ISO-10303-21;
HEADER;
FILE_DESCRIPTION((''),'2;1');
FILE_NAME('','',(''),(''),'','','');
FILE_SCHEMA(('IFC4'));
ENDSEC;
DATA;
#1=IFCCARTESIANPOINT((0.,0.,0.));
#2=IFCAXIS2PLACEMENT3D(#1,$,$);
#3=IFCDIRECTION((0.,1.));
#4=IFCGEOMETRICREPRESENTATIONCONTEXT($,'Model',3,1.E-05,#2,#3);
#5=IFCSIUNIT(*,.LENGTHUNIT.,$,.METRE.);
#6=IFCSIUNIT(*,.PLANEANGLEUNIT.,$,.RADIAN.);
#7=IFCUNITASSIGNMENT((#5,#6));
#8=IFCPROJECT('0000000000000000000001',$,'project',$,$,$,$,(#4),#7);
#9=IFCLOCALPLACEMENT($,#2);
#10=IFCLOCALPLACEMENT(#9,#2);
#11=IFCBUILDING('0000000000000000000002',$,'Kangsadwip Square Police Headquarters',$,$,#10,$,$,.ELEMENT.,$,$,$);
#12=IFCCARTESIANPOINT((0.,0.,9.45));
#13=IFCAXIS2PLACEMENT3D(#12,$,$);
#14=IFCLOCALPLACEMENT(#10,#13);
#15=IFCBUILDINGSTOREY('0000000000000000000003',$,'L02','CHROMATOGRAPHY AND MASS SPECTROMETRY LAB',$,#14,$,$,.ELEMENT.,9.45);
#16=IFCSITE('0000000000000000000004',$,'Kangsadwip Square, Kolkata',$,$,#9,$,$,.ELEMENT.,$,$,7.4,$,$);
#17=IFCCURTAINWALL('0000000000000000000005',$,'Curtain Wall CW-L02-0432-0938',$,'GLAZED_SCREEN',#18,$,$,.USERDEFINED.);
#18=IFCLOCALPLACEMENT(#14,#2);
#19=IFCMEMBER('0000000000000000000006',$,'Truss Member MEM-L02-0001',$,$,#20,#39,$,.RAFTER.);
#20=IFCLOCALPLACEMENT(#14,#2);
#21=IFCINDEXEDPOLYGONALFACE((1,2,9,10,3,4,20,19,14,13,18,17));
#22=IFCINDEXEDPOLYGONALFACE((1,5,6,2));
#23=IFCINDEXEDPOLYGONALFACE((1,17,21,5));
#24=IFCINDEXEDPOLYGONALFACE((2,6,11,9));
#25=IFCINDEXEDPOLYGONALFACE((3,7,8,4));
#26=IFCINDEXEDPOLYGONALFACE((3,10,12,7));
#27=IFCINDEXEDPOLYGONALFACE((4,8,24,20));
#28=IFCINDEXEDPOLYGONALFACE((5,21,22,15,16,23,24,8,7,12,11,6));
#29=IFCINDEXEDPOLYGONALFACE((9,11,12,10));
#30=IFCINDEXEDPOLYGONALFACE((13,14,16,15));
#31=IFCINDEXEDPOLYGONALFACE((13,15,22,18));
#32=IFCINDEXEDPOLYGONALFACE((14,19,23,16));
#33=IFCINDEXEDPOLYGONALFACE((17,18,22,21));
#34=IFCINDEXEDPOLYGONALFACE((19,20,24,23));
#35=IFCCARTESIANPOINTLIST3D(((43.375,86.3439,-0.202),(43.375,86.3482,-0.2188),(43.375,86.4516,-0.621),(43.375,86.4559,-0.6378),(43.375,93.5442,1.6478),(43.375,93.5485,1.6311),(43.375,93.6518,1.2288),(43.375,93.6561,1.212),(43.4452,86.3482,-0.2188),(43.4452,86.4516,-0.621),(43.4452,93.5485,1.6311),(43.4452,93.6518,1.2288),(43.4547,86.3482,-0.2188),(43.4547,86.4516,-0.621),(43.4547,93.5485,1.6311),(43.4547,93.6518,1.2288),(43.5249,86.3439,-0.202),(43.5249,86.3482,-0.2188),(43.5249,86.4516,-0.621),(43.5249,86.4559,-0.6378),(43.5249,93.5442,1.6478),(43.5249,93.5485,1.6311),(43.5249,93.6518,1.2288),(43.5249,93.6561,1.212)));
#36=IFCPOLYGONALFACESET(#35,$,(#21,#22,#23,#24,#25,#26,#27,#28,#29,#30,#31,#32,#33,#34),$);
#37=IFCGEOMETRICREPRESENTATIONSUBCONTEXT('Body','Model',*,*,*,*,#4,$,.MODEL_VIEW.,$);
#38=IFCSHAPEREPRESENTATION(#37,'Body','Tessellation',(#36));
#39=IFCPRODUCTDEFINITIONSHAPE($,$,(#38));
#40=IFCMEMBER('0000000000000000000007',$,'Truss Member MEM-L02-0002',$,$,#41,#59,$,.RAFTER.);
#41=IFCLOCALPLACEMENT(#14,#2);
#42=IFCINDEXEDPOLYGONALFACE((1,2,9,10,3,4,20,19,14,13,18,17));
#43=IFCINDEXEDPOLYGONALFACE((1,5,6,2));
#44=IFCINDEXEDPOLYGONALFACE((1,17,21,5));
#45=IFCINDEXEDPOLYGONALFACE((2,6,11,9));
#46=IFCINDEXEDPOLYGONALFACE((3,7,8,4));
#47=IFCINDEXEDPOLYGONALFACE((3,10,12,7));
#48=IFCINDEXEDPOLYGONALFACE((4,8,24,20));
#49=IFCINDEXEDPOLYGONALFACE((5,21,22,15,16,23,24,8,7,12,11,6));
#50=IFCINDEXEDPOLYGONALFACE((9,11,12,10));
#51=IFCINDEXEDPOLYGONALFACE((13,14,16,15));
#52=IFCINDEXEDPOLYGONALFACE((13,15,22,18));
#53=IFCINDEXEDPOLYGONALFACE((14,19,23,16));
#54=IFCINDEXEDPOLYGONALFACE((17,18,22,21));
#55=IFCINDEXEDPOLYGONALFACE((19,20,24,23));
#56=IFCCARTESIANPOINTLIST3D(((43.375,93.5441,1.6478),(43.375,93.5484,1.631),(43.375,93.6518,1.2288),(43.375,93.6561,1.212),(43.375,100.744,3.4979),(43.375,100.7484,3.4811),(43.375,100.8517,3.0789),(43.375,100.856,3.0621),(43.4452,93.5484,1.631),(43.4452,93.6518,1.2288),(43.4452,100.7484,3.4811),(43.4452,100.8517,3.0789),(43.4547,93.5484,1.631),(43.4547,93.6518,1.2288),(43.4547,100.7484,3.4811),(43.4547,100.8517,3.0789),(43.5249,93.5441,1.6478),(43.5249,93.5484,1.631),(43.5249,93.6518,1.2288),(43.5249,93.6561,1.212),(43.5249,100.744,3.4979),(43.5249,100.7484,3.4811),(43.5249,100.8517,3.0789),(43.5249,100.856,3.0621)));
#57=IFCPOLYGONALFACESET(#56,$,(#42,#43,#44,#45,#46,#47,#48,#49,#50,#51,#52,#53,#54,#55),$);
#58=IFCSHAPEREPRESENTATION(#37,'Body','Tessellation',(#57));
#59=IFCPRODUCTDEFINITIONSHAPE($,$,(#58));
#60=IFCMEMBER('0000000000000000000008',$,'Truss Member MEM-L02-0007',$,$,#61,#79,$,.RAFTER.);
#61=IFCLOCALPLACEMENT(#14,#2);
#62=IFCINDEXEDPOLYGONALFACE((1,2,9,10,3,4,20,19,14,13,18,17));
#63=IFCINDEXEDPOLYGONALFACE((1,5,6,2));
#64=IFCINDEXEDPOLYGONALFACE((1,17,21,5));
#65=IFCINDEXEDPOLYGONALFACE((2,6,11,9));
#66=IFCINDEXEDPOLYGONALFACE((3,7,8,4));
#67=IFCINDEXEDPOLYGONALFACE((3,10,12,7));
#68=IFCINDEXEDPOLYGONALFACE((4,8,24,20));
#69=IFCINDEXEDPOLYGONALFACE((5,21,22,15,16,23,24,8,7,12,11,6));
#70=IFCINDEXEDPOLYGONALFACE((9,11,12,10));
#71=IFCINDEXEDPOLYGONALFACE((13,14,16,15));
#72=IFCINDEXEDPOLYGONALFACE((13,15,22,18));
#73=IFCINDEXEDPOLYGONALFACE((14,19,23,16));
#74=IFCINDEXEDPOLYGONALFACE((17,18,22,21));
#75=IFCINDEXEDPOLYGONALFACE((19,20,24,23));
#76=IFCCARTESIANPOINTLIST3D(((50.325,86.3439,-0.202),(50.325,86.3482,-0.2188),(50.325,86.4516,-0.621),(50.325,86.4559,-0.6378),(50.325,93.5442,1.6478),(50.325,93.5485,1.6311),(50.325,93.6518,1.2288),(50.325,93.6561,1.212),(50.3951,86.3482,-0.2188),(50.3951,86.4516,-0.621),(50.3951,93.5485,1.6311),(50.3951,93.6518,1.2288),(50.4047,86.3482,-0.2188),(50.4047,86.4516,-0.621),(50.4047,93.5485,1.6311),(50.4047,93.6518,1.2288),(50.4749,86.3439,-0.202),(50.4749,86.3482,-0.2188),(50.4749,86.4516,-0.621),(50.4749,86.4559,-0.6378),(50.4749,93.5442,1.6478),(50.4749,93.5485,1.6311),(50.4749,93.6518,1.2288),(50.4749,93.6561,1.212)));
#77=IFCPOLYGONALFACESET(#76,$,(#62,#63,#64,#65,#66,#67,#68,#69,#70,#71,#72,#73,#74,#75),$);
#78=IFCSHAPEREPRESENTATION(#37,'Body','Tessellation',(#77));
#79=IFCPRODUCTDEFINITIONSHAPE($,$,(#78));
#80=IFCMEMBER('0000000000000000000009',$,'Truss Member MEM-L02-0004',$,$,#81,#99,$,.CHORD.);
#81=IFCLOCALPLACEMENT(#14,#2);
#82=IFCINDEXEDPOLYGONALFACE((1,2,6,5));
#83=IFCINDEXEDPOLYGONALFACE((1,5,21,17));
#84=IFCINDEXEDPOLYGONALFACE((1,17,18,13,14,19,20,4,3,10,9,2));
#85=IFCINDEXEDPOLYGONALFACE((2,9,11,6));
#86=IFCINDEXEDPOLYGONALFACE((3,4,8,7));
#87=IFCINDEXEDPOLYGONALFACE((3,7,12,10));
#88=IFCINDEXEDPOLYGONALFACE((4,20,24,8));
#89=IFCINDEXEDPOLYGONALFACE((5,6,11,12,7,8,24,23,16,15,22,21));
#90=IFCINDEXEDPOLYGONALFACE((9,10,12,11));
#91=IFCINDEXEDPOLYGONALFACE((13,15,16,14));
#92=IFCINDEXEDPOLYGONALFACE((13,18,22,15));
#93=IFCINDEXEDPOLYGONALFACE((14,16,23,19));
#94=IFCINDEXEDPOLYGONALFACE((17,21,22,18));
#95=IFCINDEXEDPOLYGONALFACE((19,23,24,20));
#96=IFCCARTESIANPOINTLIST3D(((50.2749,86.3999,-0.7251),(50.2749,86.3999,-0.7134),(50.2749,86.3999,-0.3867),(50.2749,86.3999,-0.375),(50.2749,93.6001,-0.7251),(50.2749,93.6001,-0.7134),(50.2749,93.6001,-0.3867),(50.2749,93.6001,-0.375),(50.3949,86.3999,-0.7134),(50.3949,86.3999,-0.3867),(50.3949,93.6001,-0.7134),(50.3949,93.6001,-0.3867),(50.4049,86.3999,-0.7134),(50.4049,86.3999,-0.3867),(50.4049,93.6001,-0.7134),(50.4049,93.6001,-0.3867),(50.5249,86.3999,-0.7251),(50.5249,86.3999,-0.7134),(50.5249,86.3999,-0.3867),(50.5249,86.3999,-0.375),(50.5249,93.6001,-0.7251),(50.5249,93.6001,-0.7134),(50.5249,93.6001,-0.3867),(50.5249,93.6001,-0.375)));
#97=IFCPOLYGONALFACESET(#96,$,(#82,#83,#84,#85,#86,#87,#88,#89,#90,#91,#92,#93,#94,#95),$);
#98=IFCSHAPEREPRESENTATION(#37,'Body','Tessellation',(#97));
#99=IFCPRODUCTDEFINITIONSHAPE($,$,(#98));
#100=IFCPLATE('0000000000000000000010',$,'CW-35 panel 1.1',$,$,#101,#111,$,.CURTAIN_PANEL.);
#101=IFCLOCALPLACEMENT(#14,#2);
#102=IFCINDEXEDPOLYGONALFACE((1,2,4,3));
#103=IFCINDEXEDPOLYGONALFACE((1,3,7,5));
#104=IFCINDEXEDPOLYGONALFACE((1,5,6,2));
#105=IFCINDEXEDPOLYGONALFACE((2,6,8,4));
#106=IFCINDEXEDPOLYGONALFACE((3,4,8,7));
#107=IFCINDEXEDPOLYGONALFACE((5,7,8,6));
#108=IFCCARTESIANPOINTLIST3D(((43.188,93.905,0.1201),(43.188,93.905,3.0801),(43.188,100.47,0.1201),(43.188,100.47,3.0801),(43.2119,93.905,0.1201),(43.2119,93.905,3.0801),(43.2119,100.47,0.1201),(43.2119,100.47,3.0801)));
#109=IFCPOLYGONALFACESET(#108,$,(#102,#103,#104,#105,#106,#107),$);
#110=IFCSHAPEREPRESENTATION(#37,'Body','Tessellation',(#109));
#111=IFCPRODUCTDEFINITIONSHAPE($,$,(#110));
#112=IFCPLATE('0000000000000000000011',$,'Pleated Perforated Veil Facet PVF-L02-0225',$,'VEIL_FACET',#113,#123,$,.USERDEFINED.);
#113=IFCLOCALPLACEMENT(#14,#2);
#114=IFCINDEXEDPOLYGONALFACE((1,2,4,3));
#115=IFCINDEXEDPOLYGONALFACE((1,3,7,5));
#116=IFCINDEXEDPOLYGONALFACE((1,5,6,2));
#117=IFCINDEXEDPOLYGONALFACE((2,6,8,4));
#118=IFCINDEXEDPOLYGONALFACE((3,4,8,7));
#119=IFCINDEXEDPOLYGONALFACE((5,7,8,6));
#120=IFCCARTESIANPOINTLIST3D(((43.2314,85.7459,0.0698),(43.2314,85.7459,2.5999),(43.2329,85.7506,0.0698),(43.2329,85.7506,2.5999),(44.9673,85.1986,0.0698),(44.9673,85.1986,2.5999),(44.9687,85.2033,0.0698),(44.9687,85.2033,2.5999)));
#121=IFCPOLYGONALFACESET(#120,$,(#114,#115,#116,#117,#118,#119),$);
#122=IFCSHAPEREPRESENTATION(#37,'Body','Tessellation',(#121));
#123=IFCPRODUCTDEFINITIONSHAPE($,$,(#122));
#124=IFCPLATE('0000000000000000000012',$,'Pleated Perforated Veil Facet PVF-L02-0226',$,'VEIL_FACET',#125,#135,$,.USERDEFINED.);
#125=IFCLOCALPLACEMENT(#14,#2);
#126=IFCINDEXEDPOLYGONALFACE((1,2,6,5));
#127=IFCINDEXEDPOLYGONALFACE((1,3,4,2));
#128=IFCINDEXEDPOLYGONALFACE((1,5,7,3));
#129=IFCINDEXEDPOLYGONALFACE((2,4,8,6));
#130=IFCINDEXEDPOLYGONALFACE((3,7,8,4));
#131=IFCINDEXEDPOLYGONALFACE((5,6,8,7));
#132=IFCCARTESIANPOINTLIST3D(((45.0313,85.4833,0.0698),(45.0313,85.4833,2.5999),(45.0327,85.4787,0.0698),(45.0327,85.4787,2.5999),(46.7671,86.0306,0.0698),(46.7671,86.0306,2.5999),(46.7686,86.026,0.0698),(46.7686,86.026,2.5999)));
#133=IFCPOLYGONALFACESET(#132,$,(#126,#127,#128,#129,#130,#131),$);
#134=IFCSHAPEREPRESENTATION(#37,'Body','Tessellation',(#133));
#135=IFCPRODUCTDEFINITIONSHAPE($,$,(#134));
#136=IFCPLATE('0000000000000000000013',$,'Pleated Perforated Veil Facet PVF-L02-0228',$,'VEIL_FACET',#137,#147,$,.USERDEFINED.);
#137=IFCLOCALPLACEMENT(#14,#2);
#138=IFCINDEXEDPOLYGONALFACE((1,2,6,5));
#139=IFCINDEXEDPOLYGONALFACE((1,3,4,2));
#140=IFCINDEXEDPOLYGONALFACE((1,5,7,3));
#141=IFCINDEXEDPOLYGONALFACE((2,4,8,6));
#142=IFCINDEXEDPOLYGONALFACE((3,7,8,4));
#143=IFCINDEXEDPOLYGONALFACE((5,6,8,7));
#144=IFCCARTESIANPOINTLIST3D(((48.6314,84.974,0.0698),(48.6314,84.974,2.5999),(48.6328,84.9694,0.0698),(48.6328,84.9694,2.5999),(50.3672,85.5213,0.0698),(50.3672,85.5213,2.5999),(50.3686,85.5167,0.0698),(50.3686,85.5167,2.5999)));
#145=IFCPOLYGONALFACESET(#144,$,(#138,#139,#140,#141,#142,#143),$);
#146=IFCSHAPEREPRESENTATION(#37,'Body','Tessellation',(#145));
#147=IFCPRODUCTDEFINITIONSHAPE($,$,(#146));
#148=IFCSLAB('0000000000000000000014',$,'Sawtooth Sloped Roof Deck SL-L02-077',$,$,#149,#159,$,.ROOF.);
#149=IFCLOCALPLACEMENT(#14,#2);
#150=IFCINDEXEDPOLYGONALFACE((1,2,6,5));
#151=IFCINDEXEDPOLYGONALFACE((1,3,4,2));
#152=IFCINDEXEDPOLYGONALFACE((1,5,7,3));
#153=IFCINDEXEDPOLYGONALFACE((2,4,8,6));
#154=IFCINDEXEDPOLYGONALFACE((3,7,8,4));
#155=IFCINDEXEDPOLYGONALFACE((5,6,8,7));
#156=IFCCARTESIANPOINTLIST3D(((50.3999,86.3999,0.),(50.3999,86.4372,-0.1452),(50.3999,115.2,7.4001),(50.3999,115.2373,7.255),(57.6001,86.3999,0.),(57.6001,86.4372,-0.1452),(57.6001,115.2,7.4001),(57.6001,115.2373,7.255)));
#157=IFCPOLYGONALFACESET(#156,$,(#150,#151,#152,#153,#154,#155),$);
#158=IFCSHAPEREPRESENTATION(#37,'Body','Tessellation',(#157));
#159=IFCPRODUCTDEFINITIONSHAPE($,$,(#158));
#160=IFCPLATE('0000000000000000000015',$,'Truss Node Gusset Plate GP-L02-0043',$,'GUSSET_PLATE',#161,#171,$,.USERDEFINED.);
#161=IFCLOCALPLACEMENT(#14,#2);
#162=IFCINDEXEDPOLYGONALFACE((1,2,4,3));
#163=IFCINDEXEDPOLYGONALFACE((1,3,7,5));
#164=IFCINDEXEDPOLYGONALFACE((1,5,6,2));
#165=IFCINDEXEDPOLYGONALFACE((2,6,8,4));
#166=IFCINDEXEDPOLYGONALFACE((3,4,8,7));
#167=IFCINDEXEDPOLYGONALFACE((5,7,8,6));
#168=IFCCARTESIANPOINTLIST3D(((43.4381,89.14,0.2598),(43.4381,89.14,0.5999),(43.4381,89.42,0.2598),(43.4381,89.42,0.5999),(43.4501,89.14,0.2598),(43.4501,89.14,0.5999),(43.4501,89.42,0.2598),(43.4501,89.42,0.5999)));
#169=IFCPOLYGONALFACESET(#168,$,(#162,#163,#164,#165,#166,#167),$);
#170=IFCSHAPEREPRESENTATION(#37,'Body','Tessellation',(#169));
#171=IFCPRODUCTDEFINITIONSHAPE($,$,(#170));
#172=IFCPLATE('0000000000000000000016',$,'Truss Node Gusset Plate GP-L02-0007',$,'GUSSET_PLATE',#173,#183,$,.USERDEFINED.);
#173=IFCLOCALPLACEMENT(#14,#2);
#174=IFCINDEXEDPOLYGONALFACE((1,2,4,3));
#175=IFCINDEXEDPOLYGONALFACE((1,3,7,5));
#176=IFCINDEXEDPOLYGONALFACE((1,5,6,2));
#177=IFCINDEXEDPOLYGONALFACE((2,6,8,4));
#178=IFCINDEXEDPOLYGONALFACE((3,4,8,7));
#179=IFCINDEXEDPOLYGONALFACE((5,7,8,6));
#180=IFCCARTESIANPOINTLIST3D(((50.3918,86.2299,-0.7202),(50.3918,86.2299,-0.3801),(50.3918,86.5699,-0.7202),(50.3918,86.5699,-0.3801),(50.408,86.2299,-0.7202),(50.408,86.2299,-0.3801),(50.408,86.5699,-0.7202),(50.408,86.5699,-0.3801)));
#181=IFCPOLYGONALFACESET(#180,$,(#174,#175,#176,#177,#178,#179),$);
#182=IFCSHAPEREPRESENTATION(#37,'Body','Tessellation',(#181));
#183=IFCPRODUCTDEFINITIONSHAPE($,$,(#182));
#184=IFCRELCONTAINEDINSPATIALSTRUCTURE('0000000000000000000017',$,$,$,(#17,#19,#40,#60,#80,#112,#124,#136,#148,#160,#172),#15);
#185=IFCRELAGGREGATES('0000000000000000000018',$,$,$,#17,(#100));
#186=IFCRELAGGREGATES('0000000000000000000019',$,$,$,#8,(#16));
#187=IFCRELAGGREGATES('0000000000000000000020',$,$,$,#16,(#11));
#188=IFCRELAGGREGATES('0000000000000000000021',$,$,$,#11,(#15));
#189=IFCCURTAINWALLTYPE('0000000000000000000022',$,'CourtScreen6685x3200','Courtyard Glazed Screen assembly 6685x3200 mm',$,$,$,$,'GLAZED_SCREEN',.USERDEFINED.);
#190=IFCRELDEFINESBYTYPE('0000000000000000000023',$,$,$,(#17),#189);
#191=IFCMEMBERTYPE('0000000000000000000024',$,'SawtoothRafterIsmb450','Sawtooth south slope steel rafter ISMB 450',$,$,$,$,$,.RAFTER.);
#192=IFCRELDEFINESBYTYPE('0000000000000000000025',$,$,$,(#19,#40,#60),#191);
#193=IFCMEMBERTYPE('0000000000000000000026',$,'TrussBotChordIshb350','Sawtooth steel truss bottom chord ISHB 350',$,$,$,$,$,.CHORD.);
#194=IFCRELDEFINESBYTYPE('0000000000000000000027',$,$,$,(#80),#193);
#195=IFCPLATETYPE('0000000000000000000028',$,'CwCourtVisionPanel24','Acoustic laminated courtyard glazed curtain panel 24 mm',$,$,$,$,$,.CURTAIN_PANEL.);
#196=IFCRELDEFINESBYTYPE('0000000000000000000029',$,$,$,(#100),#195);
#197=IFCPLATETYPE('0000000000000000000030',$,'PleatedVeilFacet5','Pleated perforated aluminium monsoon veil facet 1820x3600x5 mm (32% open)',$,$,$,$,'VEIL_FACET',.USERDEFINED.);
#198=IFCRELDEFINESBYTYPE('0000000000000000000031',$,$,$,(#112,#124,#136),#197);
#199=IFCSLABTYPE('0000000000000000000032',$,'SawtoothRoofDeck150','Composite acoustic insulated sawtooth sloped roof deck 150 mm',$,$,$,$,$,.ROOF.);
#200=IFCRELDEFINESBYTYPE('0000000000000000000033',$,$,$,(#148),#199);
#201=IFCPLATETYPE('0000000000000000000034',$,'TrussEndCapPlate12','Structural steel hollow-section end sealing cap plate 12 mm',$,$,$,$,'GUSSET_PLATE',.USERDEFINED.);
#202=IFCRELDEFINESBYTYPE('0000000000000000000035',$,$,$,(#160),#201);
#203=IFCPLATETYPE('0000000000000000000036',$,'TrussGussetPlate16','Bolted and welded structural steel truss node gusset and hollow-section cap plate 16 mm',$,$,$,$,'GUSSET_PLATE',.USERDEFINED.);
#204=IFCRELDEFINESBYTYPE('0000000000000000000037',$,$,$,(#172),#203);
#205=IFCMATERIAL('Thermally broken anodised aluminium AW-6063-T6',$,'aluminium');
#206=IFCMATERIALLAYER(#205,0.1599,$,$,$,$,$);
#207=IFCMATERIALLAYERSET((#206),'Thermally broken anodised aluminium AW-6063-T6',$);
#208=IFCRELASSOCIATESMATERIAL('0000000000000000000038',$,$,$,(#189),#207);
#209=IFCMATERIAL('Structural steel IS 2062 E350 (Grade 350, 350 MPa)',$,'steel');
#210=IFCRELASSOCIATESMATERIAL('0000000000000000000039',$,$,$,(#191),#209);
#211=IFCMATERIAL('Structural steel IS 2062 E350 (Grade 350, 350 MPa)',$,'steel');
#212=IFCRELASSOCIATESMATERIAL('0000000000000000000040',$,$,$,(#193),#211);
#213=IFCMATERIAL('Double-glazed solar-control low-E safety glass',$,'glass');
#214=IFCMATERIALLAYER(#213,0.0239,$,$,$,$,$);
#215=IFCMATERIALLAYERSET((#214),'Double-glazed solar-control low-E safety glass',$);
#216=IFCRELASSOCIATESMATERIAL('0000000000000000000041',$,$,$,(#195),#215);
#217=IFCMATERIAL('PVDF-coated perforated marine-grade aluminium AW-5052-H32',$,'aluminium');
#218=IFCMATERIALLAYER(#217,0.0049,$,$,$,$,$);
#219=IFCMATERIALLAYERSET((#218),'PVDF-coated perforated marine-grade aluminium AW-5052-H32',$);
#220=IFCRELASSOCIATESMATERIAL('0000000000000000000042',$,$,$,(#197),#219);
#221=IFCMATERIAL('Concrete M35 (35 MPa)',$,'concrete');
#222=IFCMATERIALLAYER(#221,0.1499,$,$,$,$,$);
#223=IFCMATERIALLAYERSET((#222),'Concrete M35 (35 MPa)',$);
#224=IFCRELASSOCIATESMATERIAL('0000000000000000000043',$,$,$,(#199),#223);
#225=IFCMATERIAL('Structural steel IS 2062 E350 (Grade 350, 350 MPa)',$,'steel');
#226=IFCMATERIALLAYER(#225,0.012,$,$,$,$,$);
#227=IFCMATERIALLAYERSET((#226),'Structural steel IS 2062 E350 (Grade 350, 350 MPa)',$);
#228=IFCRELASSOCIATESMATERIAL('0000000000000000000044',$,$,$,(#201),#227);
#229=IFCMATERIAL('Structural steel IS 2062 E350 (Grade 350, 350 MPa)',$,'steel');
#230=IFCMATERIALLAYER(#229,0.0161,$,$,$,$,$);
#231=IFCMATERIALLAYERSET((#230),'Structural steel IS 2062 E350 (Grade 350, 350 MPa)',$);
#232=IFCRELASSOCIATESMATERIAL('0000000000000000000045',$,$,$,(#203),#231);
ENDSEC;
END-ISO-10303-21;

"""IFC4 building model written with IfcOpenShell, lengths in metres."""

from ifc_helpers import new_model, si_unit, direction, frame, origin, origin_2d, place, context, subcontext, project, spatial, polyline, rectangle, i_section, outline, extrude, material, layer, layer_set, material_profile, profile_set, type_object, element, aggregate, save


model = new_model("IFC4")

# Units and contexts
model_context = context("Model", 3, precision=1e-05, world=origin(), true_north=direction((0.0, 1.0)))
body_context = subcontext(model_context, "Body", "Model", "MODEL_VIEW")
ifc_project = project(units=[si_unit("LENGTHUNIT", "METRE"), si_unit("PLANEANGLEUNIT", "RADIAN")], contexts=[model_context])

# Site, building, storey
site_placement = place(None, origin())
site = spatial("IfcSite", under=ifc_project, at=site_placement, Name="Kangsadwip Square, Kolkata", CompositionType="ELEMENT", RefElevation=7.4)
building_placement = place(site_placement, origin())
building = spatial("IfcBuilding", under=site, at=building_placement, Name="Kangsadwip Square Police Headquarters", CompositionType="ELEMENT")
storey_placement = place(building_placement, frame((0.0, 0.0, 9.45)))
storey = spatial("IfcBuildingStorey", under=building, at=storey_placement, Name="L02", Description="CHROMATOGRAPHY AND MASS SPECTROMETRY LAB", CompositionType="ELEMENT", Elevation=9.45)

# Curtain wall
ifc_material_1 = material(Name="Thermally broken anodised aluminium AW-6063-T6", Category="aluminium")
ifc_layer_1 = layer(ifc_material_1, 0.1599)
ifc_layer_set_1 = layer_set([ifc_layer_1], Name="Thermally broken anodised aluminium AW-6063-T6")
curtain_wall_type = type_object("IfcCurtainWallType", Name="CourtScreen6685x3200", Description="Courtyard Glazed Screen assembly 6685x3200 mm", ElementType="GLAZED_SCREEN", PredefinedType="USERDEFINED", material=ifc_layer_set_1)
curtain_wall_placement = place(storey_placement, origin())
curtain_wall = element("IfcCurtainWall", 1, at=curtain_wall_placement, inside=storey, type_object=curtain_wall_type, Name="Curtain Wall CW-L02-0432-0938", ObjectType="GLAZED_SCREEN", PredefinedType="USERDEFINED")

# Members
ifc_material_2 = material(Name="Structural steel IS 2062 E350 (Grade 350, 350 MPa)", Category="steel")
ifc_material_profile_1 = material_profile(ifc_material_2, i_section(OverallWidth=0.1499, OverallDepth=0.45, WebThickness=0.0095, FlangeThickness=0.0173, at=origin_2d()), Name="ISMB 450")
ifc_profile_set_1 = profile_set([ifc_material_profile_1], Name="Structural steel IS 2062 E350 (Grade 350, 350 MPa)")
member_type_1 = type_object("IfcMemberType", Name="SawtoothRafterIsmb450", Description="Sawtooth south slope steel rafter ISMB 450", PredefinedType="RAFTER", material=ifc_profile_set_1)
member_1_placement = place(storey_placement, frame((43.45, 86.3999, -0.4199), z_axis=(0.0, 0.968546, 0.248836), x_axis=(-1.0, 0.0, 0.0)))
element("IfcMember", 2, at=member_1_placement, inside=storey, type_object=member_type_1, Name="Truss Member MEM-L02-0001", PredefinedType="RAFTER", context=body_context, shape_type="SweptSolid", body=[
    extrude(i_section(OverallWidth=0.1499, OverallDepth=0.45, WebThickness=0.0095, FlangeThickness=0.0173, at=origin_2d()), origin(), (0.0, 0.0, 1.0), 7.4341),
])
member_2_placement = place(storey_placement, frame((43.45, 93.6001, 1.4299), z_axis=(0.0, 0.968536, 0.248875), x_axis=(-1.0, 0.0, 0.0)))
element("IfcMember", 3, at=member_2_placement, inside=storey, type_object=member_type_1, Name="Truss Member MEM-L02-0002", PredefinedType="RAFTER", context=body_context, shape_type="SweptSolid", body=[
    extrude(i_section(OverallWidth=0.1499, OverallDepth=0.45, WebThickness=0.0095, FlangeThickness=0.0173, at=origin_2d()), origin(), (0.0, 0.0, 1.0), 7.4338),
])
member_3_placement = place(storey_placement, frame((50.3999, 86.3999, -0.4199), z_axis=(0.0, 0.968546, 0.248836), x_axis=(-1.0, 0.0, 0.0)))
element("IfcMember", 4, at=member_3_placement, inside=storey, type_object=member_type_1, Name="Truss Member MEM-L02-0007", PredefinedType="RAFTER", context=body_context, shape_type="SweptSolid", body=[
    extrude(i_section(OverallWidth=0.1499, OverallDepth=0.45, WebThickness=0.0095, FlangeThickness=0.0173, at=origin_2d()), origin(), (0.0, 0.0, 1.0), 7.4341),
])
ifc_material_3 = material(Name="Structural steel IS 2062 E350 (Grade 350, 350 MPa)", Category="steel")
ifc_material_profile_2 = material_profile(ifc_material_3, i_section(OverallWidth=0.25, OverallDepth=0.3501, WebThickness=0.01, FlangeThickness=0.0117, at=origin_2d()), Name="ISHB 350")
ifc_profile_set_2 = profile_set([ifc_material_profile_2], Name="Structural steel IS 2062 E350 (Grade 350, 350 MPa)")
member_type_2 = type_object("IfcMemberType", Name="TrussBotChordIshb350", Description="Sawtooth steel truss bottom chord ISHB 350", PredefinedType="CHORD", material=ifc_profile_set_2)
member_4_placement = place(storey_placement, frame((50.3999, 86.3999, -0.55), z_axis=(0.0, 1.0, 0.0), x_axis=(-1.0, 0.0, 0.0)))
element("IfcMember", 5, at=member_4_placement, inside=storey, type_object=member_type_2, Name="Truss Member MEM-L02-0004", PredefinedType="CHORD", context=body_context, shape_type="SweptSolid", body=[
    extrude(i_section(OverallWidth=0.25, OverallDepth=0.3501, WebThickness=0.01, FlangeThickness=0.0117, at=origin_2d()), origin(), (0.0, 0.0, 1.0), 7.2002),
])

# Plate
ifc_material_4 = material(Name="Double-glazed solar-control low-E safety glass", Category="glass")
ifc_layer_2 = layer(ifc_material_4, 0.0239)
ifc_layer_set_2 = layer_set([ifc_layer_2], Name="Double-glazed solar-control low-E safety glass")
plate_type_1 = type_object("IfcPlateType", Name="CwCourtVisionPanel24", Description="Acoustic laminated courtyard glazed curtain panel 24 mm", PredefinedType="CURTAIN_PANEL", material=ifc_layer_set_2)
plate_1_placement = place(storey_placement, frame((43.2, 97.1875, 0.1201), z_axis=(0.0, 0.0, 1.0), x_axis=(0.0, 1.0, 0.0)))
plate_1 = element("IfcPlate", 6, at=plate_1_placement, type_object=plate_type_1, Name="CW-35 panel 1.1", PredefinedType="CURTAIN_PANEL", context=body_context, shape_type="SweptSolid", body=[
    extrude(rectangle(XDim=6.5649, YDim=0.0239, at=origin_2d()), origin(), (0.0, 0.0, 1.0), 2.96),
])
aggregate(curtain_wall, [plate_1])

# Plates
ifc_material_5 = material(Name="PVDF-coated perforated marine-grade aluminium AW-5052-H32", Category="aluminium")
ifc_layer_3 = layer(ifc_material_5, 0.0049)
ifc_layer_set_3 = layer_set([ifc_layer_3], Name="PVDF-coated perforated marine-grade aluminium AW-5052-H32")
plate_type_2 = type_object("IfcPlateType", Name="PleatedVeilFacet5", Description="Pleated perforated aluminium monsoon veil facet 1820x3600x5 mm (32% open)", ElementType="VEIL_FACET", PredefinedType="USERDEFINED", material=ifc_layer_set_3)
for number, where, z_axis, x_axis, name in (
    (7, (44.1001, 85.4746, 0.0698), (0.0, 0.0, 1.0), (0.953717, -0.300706, 0.0), "Pleated Perforated Veil Facet PVF-L02-0225"),
    (8, (45.8999, 85.7546, 0.0698), (0.0, 0.0, 1.0), (0.953717, 0.300706, 0.0), "Pleated Perforated Veil Facet PVF-L02-0226"),
    (9, (49.5, 85.2454, 0.0698), (0.0, 0.0, 1.0), (0.953717, 0.300706, 0.0), "Pleated Perforated Veil Facet PVF-L02-0228"),
):
    element("IfcPlate", number, at=place(storey_placement, frame(where, z_axis=z_axis, x_axis=x_axis)), inside=storey, type_object=plate_type_2, Name=name, ObjectType="VEIL_FACET", PredefinedType="USERDEFINED", context=body_context, shape_type="SweptSolid", body=[
        extrude(rectangle(XDim=1.8201, YDim=0.0049, at=origin_2d()), origin(), (0.0, 0.0, 1.0), 2.53),
    ])

# Slab
ifc_material_6 = material(Name="Concrete M35 (35 MPa)", Category="concrete")
ifc_layer_4 = layer(ifc_material_6, 0.1499)
ifc_layer_set_4 = layer_set([ifc_layer_4], Name="Concrete M35 (35 MPa)")
slab_type = type_object("IfcSlabType", Name="SawtoothRoofDeck150", Description="Composite acoustic insulated sawtooth sloped roof deck 150 mm", PredefinedType="ROOF", material=ifc_layer_set_4)
slab_placement = place(storey_placement, frame((50.3999, 86.3999, 0.0), z_axis=(0.0, -0.248865, 0.968538), x_axis=(1.0, 0.0, 0.0)))
element("IfcSlab", 10, at=slab_placement, inside=storey, type_object=slab_type, Name="Sawtooth Sloped Roof Deck SL-L02-077", PredefinedType="ROOF", context=body_context, shape_type="SweptSolid", body=[
    extrude(outline(polyline([(0.0, 0.0), (7.2002, 0.0), (7.2002, 29.7356), (0.0, 29.7356), (0.0, 0.0)])), origin(), (0.0, 0.0, -1.0), 0.1499),
])

# Plates
ifc_material_7 = material(Name="Structural steel IS 2062 E350 (Grade 350, 350 MPa)", Category="steel")
ifc_layer_5 = layer(ifc_material_7, 0.012)
ifc_layer_set_5 = layer_set([ifc_layer_5], Name="Structural steel IS 2062 E350 (Grade 350, 350 MPa)")
plate_type_3 = type_object("IfcPlateType", Name="TrussEndCapPlate12", Description="Structural steel hollow-section end sealing cap plate 12 mm", ElementType="GUSSET_PLATE", PredefinedType="USERDEFINED", material=ifc_layer_set_5)
plate_2_placement = place(storey_placement, frame((43.4441, 89.28, 0.2598), z_axis=(0.0, 0.0, 1.0), x_axis=(0.0, 1.0, 0.0)))
element("IfcPlate", 11, at=plate_2_placement, inside=storey, type_object=plate_type_3, Name="Truss Node Gusset Plate GP-L02-0043", ObjectType="GUSSET_PLATE", PredefinedType="USERDEFINED", context=body_context, shape_type="SweptSolid", body=[
    extrude(rectangle(XDim=0.28, YDim=0.012, at=origin_2d()), origin(), (0.0, 0.0, 1.0), 0.3401),
])
ifc_material_8 = material(Name="Structural steel IS 2062 E350 (Grade 350, 350 MPa)", Category="steel")
ifc_layer_6 = layer(ifc_material_8, 0.0161)
ifc_layer_set_6 = layer_set([ifc_layer_6], Name="Structural steel IS 2062 E350 (Grade 350, 350 MPa)")
plate_type_4 = type_object("IfcPlateType", Name="TrussGussetPlate16", Description="Bolted and welded structural steel truss node gusset and hollow-section cap plate 16 mm", ElementType="GUSSET_PLATE", PredefinedType="USERDEFINED", material=ifc_layer_set_6)
plate_3_placement = place(storey_placement, frame((50.3999, 86.3999, -0.7202), z_axis=(0.0, 0.0, 1.0), x_axis=(0.0, 1.0, 0.0)))
element("IfcPlate", 12, at=plate_3_placement, inside=storey, type_object=plate_type_4, Name="Truss Node Gusset Plate GP-L02-0007", ObjectType="GUSSET_PLATE", PredefinedType="USERDEFINED", context=body_context, shape_type="SweptSolid", body=[
    extrude(rectangle(XDim=0.3401, YDim=0.0161, at=origin_2d()), origin(), (0.0, 0.0, 1.0), 0.3401),
])

save(model, "model.ifc")
